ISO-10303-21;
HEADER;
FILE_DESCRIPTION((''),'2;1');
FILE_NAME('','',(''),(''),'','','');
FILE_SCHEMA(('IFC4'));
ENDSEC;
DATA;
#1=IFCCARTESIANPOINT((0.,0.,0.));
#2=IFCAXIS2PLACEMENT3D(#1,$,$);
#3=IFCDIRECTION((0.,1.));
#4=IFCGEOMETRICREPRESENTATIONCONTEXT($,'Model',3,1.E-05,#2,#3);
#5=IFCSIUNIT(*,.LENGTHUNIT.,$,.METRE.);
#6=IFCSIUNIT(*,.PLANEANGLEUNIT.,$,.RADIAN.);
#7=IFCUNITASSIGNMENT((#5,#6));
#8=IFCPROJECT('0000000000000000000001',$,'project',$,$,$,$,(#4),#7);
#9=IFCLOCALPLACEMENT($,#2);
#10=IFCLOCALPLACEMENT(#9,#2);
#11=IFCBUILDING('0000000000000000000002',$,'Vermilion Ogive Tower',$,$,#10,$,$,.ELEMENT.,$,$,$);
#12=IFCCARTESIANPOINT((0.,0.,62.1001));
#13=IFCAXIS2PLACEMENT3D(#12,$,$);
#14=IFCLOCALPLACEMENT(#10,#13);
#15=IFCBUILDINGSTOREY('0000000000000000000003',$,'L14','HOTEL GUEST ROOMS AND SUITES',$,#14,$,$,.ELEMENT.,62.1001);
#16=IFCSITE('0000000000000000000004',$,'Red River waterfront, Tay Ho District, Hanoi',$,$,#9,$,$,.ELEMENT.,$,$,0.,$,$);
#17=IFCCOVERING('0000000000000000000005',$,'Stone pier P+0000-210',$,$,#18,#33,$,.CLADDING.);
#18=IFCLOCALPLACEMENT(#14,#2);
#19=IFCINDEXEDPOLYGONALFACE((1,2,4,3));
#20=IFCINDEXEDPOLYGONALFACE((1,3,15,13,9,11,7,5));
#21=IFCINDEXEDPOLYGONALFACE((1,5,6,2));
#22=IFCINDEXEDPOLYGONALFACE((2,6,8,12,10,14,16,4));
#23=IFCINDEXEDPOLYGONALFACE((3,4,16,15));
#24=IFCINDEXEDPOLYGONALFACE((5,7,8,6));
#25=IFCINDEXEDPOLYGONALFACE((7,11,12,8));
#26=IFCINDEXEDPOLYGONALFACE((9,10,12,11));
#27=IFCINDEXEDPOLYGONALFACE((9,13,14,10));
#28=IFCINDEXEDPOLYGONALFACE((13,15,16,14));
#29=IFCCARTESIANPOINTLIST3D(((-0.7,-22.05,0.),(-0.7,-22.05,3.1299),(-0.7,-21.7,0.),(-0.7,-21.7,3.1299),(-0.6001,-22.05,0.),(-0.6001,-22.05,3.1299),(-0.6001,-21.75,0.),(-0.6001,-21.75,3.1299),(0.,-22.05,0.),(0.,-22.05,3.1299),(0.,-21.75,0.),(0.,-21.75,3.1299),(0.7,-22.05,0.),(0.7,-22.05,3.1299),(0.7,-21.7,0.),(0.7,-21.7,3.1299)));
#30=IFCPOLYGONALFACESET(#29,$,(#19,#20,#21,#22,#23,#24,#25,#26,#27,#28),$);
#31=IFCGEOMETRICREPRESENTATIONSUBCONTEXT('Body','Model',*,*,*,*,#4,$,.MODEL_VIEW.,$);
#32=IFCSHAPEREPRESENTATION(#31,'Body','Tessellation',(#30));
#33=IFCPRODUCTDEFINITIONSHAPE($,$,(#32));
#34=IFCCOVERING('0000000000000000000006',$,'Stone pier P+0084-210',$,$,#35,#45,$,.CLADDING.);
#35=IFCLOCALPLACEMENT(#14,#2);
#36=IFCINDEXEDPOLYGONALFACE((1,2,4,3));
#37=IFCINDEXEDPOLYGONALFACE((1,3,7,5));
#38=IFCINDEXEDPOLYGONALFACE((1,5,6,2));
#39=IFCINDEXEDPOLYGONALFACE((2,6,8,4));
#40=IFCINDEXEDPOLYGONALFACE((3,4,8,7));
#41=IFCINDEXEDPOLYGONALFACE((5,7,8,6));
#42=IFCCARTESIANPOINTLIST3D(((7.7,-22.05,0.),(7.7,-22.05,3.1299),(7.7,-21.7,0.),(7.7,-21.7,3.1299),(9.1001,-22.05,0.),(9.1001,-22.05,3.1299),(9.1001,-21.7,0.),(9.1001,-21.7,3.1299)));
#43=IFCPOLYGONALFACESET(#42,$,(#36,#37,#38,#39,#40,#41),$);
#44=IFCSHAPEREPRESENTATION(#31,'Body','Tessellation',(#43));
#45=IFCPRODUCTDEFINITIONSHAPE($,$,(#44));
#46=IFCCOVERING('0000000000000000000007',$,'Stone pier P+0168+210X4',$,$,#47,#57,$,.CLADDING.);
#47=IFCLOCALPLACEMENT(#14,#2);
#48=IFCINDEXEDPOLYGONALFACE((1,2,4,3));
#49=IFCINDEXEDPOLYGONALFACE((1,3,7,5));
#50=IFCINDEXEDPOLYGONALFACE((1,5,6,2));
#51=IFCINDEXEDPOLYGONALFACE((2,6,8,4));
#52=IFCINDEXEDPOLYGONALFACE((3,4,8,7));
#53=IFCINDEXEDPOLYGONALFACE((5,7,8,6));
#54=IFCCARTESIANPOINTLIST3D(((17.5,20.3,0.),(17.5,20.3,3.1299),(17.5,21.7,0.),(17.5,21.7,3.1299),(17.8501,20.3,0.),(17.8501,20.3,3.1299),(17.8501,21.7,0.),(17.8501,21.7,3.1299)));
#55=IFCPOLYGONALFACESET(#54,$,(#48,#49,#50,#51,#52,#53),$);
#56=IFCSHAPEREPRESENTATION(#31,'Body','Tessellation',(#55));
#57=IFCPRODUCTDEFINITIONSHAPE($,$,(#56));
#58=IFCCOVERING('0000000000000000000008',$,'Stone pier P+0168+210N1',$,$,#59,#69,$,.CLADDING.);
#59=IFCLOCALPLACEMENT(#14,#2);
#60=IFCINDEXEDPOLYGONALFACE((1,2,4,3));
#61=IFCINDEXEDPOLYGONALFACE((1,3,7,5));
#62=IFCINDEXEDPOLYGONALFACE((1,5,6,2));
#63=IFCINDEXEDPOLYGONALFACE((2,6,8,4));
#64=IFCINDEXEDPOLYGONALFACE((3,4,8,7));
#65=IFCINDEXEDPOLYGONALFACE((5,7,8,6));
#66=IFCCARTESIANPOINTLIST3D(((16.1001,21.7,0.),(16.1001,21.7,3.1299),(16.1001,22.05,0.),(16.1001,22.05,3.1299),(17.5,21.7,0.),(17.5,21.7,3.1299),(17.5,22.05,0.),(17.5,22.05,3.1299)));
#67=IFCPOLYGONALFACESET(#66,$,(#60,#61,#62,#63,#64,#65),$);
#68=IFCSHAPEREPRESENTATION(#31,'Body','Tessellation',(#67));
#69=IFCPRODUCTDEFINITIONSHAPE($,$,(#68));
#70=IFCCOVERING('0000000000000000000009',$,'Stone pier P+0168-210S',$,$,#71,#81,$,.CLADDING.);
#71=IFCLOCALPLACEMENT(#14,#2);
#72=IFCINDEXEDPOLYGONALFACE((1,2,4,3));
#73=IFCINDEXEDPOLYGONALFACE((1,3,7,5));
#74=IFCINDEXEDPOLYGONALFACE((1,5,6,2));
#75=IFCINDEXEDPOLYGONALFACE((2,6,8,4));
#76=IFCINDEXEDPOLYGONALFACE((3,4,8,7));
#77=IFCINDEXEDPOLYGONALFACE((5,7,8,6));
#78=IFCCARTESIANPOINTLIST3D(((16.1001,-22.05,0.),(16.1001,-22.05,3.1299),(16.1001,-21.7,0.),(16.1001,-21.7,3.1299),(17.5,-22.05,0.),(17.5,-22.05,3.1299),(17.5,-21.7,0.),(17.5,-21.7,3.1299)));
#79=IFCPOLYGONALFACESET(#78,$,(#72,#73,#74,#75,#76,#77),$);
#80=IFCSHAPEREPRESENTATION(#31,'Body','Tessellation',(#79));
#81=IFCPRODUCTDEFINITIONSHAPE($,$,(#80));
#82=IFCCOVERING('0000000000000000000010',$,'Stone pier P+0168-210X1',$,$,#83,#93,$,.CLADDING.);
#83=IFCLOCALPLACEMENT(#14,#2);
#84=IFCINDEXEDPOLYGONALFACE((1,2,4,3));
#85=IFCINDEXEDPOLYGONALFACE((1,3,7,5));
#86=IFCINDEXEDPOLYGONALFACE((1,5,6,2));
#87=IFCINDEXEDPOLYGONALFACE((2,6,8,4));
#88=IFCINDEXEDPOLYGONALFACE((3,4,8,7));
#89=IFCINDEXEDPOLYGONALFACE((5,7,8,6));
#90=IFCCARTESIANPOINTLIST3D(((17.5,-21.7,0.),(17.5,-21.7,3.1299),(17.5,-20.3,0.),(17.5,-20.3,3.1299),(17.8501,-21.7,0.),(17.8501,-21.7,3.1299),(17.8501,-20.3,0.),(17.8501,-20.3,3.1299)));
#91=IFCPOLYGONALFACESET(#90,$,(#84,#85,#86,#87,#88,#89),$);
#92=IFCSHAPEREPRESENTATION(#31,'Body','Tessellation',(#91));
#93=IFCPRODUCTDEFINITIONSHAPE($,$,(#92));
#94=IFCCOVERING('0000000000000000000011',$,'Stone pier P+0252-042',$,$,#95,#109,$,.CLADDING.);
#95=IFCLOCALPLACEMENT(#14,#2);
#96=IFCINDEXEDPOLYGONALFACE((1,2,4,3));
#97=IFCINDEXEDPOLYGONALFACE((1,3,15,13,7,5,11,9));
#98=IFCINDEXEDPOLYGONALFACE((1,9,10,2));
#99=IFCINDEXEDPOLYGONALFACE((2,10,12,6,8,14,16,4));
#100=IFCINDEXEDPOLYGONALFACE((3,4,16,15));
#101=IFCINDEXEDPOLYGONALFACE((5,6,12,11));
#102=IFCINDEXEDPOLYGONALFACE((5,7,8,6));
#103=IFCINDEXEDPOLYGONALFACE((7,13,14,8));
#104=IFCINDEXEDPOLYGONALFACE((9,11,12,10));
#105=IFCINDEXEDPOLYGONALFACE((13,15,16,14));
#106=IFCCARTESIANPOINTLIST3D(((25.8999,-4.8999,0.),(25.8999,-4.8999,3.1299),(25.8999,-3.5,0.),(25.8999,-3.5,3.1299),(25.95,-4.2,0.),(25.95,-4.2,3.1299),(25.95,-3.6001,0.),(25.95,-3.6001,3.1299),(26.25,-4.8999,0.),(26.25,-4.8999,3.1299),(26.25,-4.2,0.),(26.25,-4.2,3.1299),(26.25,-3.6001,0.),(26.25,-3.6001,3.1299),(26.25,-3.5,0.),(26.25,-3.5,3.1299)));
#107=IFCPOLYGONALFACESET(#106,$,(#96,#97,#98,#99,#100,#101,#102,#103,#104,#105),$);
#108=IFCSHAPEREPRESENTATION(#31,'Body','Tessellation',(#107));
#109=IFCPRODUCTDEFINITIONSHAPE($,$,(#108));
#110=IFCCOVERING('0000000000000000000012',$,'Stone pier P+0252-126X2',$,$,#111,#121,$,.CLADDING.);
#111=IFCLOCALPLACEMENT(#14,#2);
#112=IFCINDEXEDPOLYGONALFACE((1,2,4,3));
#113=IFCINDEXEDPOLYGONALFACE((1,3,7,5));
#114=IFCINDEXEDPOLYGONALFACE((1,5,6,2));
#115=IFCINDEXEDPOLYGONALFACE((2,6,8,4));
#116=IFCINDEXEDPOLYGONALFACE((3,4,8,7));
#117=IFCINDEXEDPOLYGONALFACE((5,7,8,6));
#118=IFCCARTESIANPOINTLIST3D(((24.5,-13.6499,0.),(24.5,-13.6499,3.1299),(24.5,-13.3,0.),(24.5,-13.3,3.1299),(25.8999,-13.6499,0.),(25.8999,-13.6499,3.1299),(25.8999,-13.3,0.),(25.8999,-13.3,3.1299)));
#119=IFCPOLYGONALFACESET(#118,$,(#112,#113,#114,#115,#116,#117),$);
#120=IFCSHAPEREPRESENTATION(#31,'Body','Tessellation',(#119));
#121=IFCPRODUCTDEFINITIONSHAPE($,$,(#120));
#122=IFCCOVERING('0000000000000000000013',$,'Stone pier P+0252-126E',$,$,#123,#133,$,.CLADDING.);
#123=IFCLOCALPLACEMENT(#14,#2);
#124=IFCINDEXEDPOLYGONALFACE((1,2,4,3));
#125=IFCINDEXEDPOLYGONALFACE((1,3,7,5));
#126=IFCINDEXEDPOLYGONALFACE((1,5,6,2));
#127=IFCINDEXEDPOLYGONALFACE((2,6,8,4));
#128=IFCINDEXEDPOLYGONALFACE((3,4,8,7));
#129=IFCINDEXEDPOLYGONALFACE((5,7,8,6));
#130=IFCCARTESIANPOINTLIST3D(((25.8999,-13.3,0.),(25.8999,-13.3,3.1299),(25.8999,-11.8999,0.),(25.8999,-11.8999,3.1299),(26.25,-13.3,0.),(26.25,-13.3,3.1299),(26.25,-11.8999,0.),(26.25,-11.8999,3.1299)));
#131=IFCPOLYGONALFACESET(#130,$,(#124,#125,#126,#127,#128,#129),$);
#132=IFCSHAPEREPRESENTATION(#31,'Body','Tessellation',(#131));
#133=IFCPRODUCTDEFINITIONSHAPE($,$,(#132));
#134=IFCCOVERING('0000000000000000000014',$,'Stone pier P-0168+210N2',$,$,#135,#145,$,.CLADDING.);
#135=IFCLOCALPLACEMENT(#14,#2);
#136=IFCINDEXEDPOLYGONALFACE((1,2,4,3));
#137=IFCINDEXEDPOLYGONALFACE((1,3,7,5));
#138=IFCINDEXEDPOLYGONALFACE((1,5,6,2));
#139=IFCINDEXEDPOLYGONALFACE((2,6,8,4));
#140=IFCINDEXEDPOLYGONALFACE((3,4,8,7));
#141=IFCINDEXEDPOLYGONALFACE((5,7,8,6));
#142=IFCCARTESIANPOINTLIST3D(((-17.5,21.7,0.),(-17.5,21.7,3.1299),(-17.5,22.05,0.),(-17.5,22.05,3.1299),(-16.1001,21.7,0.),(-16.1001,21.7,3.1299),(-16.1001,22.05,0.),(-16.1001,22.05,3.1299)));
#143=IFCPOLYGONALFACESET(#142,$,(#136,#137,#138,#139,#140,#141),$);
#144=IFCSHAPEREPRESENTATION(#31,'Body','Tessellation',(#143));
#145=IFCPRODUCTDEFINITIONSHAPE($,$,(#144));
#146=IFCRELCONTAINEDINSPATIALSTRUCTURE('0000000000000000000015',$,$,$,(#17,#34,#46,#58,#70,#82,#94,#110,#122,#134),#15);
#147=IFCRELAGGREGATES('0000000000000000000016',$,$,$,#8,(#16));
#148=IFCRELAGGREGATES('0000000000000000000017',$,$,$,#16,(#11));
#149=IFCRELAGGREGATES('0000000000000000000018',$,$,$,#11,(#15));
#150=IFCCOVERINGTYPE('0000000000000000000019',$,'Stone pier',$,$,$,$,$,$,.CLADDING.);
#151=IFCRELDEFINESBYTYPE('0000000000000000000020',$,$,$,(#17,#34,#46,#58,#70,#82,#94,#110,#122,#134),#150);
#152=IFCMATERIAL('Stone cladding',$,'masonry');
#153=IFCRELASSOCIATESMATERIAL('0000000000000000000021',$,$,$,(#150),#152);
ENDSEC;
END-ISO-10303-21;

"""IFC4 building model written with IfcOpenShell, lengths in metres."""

from ifc_helpers import new_model, si_unit, direction, frame, origin, place, context, subcontext, project, spatial, polyline, outline, extrude, material, type_object, element, save


model = new_model("IFC4")

# Units and contexts
model_context = context("Model", 3, precision=1e-05, world=origin(), true_north=direction((0.0, 1.0)))
body_context = subcontext(model_context, "Body", "Model", "MODEL_VIEW")
ifc_project = project(units=[si_unit("LENGTHUNIT", "METRE"), si_unit("PLANEANGLEUNIT", "RADIAN")], contexts=[model_context])

# Site, building, storey
site_placement = place(None, origin())
site = spatial("IfcSite", under=ifc_project, at=site_placement, Name="Red River waterfront, Tay Ho District, Hanoi", CompositionType="ELEMENT", RefElevation=0.0)
building_placement = place(site_placement, origin())
building = spatial("IfcBuilding", under=site, at=building_placement, Name="Vermilion Ogive Tower", CompositionType="ELEMENT")
storey_placement = place(building_placement, frame((0.0, 0.0, 62.1001)))
storey = spatial("IfcBuildingStorey", under=building, at=storey_placement, Name="L14", Description="HOTEL GUEST ROOMS AND SUITES", CompositionType="ELEMENT", Elevation=62.1001)

# Coverings
ifc_material_1 = material(Name="Stone cladding", Category="masonry")
covering_type_1 = type_object("IfcCoveringType", Name="Stone pier", PredefinedType="CLADDING", material=ifc_material_1)
covering_1_placement = place(storey_placement, origin())
element("IfcCovering", 1, at=covering_1_placement, inside=storey, type_object=covering_type_1, Name="Stone pier P+0000-210", PredefinedType="CLADDING", context=body_context, shape_type="SweptSolid", body=[
    extrude(outline(polyline([(0.7, -22.05), (0.0, -22.05), (0.0, -21.75), (-0.6001, -21.75), (-0.6001, -22.05), (-0.7, -22.05), (-0.7, -21.7), (0.7, -21.7), (0.7, -22.05)])), origin(), (0.0, 0.0, 1.0), 3.1299),
])
covering_2_placement = place(storey_placement, origin())
element("IfcCovering", 2, at=covering_2_placement, inside=storey, type_object=covering_type_1, Name="Stone pier P+0084-210", PredefinedType="CLADDING", context=body_context, shape_type="SweptSolid", body=[
    extrude(outline(polyline([(9.1001, -21.7), (9.1001, -22.05), (7.7, -22.05), (7.7, -21.7), (9.1001, -21.7), (9.1001, -21.7)])), origin(), (0.0, 0.0, 1.0), 3.1299),
])
covering_3_placement = place(storey_placement, origin())
element("IfcCovering", 3, at=covering_3_placement, inside=storey, type_object=covering_type_1, Name="Stone pier P+0168+210X4", PredefinedType="CLADDING", context=body_context, shape_type="SweptSolid", body=[
    extrude(outline(polyline([(17.8501, 21.7), (17.8501, 20.3), (17.5, 20.3), (17.5, 21.7), (17.8501, 21.7)])), origin(), (0.0, 0.0, 1.0), 3.1299),
])
covering_4_placement = place(storey_placement, origin())
element("IfcCovering", 4, at=covering_4_placement, inside=storey, type_object=covering_type_1, Name="Stone pier P+0168+210N1", PredefinedType="CLADDING", context=body_context, shape_type="SweptSolid", body=[
    extrude(outline(polyline([(17.5, 22.05), (17.5, 21.7), (16.1001, 21.7), (16.1001, 22.05), (17.5, 22.05)])), origin(), (0.0, 0.0, 1.0), 3.1299),
])
covering_5_placement = place(storey_placement, origin())
element("IfcCovering", 5, at=covering_5_placement, inside=storey, type_object=covering_type_1, Name="Stone pier P+0168-210S", PredefinedType="CLADDING", context=body_context, shape_type="SweptSolid", body=[
    extrude(outline(polyline([(17.5, -21.7), (17.5, -21.7), (17.5, -22.05), (16.1001, -22.05), (16.1001, -21.7), (16.1001, -21.7), (17.5, -21.7)])), origin(), (0.0, 0.0, 1.0), 3.1299),
])
covering_6_placement = place(storey_placement, origin())
element("IfcCovering", 6, at=covering_6_placement, inside=storey, type_object=covering_type_1, Name="Stone pier P+0168-210X1", PredefinedType="CLADDING", context=body_context, shape_type="SweptSolid", body=[
    extrude(outline(polyline([(17.8501, -21.7), (17.5, -21.7), (17.5, -21.7), (17.5, -20.3), (17.8501, -20.3), (17.8501, -21.7)])), origin(), (0.0, 0.0, 1.0), 3.1299),
])
covering_7_placement = place(storey_placement, origin())
element("IfcCovering", 7, at=covering_7_placement, inside=storey, type_object=covering_type_1, Name="Stone pier P+0252-042", PredefinedType="CLADDING", context=body_context, shape_type="SweptSolid", body=[
    extrude(outline(polyline([(26.25, -3.5), (26.25, -3.6001), (25.95, -3.6001), (25.95, -4.2), (26.25, -4.2), (26.25, -4.8999), (25.8999, -4.8999), (25.8999, -3.5), (26.25, -3.5)])), origin(), (0.0, 0.0, 1.0), 3.1299),
])
covering_8_placement = place(storey_placement, origin())
element("IfcCovering", 8, at=covering_8_placement, inside=storey, type_object=covering_type_1, Name="Stone pier P+0252-126X2", PredefinedType="CLADDING", context=body_context, shape_type="SweptSolid", body=[
    extrude(outline(polyline([(25.8999, -13.3), (25.8999, -13.6499), (24.5, -13.6499), (24.5, -13.3), (24.5, -13.3), (25.8999, -13.3)])), origin(), (0.0, 0.0, 1.0), 3.1299),
])
covering_9_placement = place(storey_placement, origin())
element("IfcCovering", 9, at=covering_9_placement, inside=storey, type_object=covering_type_1, Name="Stone pier P+0252-126E", PredefinedType="CLADDING", context=body_context, shape_type="SweptSolid", body=[
    extrude(outline(polyline([(26.25, -13.3), (25.8999, -13.3), (25.8999, -11.8999), (26.25, -11.8999), (26.25, -13.3)])), origin(), (0.0, 0.0, 1.0), 3.1299),
])
covering_10_placement = place(storey_placement, origin())
element("IfcCovering", 10, at=covering_10_placement, inside=storey, type_object=covering_type_1, Name="Stone pier P-0168+210N2", PredefinedType="CLADDING", context=body_context, shape_type="SweptSolid", body=[
    extrude(outline(polyline([(-17.5, 21.7), (-17.5, 22.05), (-16.1001, 22.05), (-16.1001, 21.7), (-17.5, 21.7), (-17.5, 21.7)])), origin(), (0.0, 0.0, 1.0), 3.1299),
])

save(model, "model.ifc")
